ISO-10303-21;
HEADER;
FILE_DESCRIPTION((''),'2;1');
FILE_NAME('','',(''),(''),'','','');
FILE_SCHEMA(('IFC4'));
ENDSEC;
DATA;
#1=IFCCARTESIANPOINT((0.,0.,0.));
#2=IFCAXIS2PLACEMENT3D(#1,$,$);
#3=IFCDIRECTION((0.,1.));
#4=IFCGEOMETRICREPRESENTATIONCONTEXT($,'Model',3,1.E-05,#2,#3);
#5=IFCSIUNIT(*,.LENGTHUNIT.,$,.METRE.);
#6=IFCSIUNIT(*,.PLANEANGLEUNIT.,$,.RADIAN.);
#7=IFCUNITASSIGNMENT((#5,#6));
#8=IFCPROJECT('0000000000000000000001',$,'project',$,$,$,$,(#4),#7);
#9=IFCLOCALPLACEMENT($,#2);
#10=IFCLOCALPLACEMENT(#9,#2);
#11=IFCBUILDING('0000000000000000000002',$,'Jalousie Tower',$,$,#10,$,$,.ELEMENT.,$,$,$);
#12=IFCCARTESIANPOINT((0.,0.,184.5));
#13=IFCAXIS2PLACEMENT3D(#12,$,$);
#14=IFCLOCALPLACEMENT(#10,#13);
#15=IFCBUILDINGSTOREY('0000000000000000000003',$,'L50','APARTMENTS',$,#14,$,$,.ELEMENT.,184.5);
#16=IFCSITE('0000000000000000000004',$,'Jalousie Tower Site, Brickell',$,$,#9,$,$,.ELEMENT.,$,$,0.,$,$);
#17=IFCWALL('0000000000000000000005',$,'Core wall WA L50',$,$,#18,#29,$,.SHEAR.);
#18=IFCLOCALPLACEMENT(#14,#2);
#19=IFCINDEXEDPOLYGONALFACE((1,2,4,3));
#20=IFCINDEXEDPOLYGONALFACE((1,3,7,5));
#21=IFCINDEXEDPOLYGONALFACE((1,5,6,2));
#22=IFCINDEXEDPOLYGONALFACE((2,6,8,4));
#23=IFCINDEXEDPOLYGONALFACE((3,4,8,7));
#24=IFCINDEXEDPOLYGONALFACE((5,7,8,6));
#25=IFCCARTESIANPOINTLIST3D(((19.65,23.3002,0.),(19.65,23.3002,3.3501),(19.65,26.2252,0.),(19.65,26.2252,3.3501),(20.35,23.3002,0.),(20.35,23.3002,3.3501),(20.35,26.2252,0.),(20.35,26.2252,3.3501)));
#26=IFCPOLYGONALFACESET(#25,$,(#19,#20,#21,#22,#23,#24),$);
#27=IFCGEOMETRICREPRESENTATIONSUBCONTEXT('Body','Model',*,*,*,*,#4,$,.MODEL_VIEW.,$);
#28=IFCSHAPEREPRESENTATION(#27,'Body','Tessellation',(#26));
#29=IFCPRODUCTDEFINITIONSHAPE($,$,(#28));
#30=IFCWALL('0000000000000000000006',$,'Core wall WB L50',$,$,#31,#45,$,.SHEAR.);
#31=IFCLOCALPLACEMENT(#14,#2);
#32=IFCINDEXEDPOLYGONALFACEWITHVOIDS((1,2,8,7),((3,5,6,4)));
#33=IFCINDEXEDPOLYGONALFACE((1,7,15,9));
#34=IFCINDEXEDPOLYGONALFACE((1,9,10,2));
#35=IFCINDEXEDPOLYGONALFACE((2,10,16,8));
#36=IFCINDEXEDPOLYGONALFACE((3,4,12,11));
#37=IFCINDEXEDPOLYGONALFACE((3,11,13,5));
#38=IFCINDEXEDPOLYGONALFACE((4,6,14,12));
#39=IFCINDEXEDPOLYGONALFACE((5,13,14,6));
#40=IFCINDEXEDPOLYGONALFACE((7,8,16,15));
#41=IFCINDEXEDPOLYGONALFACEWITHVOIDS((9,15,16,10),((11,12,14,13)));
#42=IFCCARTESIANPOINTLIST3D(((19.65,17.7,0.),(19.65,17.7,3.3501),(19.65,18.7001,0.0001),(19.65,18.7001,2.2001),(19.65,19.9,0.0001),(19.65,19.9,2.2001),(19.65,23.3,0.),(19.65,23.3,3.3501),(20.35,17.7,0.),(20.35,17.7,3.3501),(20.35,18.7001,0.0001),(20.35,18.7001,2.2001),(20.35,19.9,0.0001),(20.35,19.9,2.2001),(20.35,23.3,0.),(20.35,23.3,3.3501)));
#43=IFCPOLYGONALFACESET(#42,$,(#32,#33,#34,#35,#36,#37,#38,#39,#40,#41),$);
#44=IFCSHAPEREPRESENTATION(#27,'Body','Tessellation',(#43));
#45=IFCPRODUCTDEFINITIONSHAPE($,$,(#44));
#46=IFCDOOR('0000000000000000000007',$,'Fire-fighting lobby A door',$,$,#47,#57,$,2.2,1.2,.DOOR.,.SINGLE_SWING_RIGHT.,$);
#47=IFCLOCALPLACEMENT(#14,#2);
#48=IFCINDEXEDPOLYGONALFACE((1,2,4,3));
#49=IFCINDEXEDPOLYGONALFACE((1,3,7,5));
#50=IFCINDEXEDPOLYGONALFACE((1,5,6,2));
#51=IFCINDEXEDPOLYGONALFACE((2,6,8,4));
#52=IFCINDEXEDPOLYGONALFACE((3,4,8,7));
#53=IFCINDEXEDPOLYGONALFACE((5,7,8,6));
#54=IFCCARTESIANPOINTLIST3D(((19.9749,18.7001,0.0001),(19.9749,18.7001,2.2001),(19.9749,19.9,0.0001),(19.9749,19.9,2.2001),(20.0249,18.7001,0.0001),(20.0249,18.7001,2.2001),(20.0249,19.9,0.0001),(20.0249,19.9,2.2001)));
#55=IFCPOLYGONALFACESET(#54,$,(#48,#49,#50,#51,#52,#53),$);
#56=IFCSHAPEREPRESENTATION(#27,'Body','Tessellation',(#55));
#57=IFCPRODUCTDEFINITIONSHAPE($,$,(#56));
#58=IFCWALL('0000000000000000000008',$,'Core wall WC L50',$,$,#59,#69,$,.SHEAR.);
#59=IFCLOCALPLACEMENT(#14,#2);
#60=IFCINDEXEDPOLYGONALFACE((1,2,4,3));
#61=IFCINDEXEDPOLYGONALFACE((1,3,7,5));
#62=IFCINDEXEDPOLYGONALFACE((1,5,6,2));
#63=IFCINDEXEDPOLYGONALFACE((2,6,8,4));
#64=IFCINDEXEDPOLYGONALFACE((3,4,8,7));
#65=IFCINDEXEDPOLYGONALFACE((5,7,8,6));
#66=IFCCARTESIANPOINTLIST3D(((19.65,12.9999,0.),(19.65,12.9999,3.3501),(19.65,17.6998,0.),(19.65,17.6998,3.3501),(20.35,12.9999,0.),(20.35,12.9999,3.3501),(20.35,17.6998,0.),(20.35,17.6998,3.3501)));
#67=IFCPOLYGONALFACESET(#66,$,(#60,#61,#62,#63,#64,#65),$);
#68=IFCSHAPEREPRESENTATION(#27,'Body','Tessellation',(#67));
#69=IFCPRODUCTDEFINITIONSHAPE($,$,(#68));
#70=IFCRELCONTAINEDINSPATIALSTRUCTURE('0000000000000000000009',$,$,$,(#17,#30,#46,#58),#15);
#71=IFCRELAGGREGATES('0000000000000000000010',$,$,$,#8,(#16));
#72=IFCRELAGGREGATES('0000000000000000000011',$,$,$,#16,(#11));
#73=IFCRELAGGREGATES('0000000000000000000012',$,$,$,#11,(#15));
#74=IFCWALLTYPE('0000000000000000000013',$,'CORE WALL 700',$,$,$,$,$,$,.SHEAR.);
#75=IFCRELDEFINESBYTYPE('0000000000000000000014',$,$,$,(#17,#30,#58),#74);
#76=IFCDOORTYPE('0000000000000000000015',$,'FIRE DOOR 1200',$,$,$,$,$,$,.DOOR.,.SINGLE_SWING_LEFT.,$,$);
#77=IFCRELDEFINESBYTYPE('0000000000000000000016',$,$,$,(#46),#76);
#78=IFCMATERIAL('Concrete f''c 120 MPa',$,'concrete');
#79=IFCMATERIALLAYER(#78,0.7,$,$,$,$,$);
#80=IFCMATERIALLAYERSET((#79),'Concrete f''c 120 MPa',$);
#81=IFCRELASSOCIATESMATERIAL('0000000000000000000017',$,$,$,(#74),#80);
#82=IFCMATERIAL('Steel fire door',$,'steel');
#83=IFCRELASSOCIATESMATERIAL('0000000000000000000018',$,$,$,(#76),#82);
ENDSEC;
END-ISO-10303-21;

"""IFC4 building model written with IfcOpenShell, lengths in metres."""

from ifc_helpers import new_model, si_unit, direction, frame, frame_2d, origin, place, context, subcontext, project, spatial, rectangle, extrude, material, layer, layer_set, type_object, element, fill, save


model = new_model("IFC4")

# Units and contexts
model_context = context("Model", 3, precision=1e-05, world=origin(), true_north=direction((0.0, 1.0)))
body_context = subcontext(model_context, "Body", "Model", "MODEL_VIEW")
ifc_project = project(units=[si_unit("LENGTHUNIT", "METRE"), si_unit("PLANEANGLEUNIT", "RADIAN")], contexts=[model_context])

# Site, building, storey
site_placement = place(None, origin())
site = spatial("IfcSite", under=ifc_project, at=site_placement, Name="Jalousie Tower Site, Brickell", CompositionType="ELEMENT", RefElevation=0.0)
building_placement = place(site_placement, origin())
building = spatial("IfcBuilding", under=site, at=building_placement, Name="Jalousie Tower", CompositionType="ELEMENT")
storey_placement = place(building_placement, frame((0.0, 0.0, 184.5)))
storey = spatial("IfcBuildingStorey", under=building, at=storey_placement, Name="L50", Description="APARTMENTS", CompositionType="ELEMENT", Elevation=184.5)

# Wall
ifc_material_1 = material(Name="Concrete f'c 120 MPa", Category="concrete")
ifc_layer_1 = layer(ifc_material_1, 0.7)
ifc_layer_set_1 = layer_set([ifc_layer_1], Name="Concrete f'c 120 MPa")
wall_type_1 = type_object("IfcWallType", Name="CORE WALL 700", PredefinedType="SHEAR", material=ifc_layer_set_1)
wall_1_placement = place(storey_placement, frame((20.0, 26.2251, 0.0), z_axis=(0.0, 0.0, 1.0), x_axis=(0.0, -1.0, 0.0)))
element("IfcWall", 1, at=wall_1_placement, inside=storey, type_object=wall_type_1, Name="Core wall WA L50", PredefinedType="SHEAR", context=body_context, shape_type="SweptSolid", body=[
    extrude(rectangle(XDim=2.925, YDim=0.7, at=frame_2d((1.4624, 0.0))), origin(), (0.0, 0.0, 1.0), 3.3501),
])

# Wall, opening, door
wall_2_placement = place(storey_placement, frame((20.0, 23.3, 0.0), z_axis=(0.0, 0.0, 1.0), x_axis=(0.0, -1.0, 0.0)))
wall_2 = element("IfcWall", 2, at=wall_2_placement, inside=storey, type_object=wall_type_1, Name="Core wall WB L50", PredefinedType="SHEAR", context=body_context, shape_type="SweptSolid", body=[
    extrude(rectangle(XDim=5.6001, YDim=0.7, at=frame_2d((2.8, 0.0))), origin(), (0.0, 0.0, 1.0), 3.3501),
])
opening_1_placement = place(wall_2_placement, frame((3.3999, 0.0, 0.0)))
opening_1 = element("IfcOpeningElement", 3, at=opening_1_placement, cuts=wall_2, PredefinedType="OPENING", context=body_context, shape_type="SweptSolid", body=[
    extrude(rectangle(XDim=1.2, YDim=2.2, at=frame_2d((0.6001, 1.1001))), frame((0.0, 0.3599, 0.0), z_axis=(0.0, -1.0, 0.0), x_axis=(1.0, 0.0, 0.0)), (0.0, 0.0, 1.0), 0.72),
])
ifc_material_2 = material(Name="Steel fire door", Category="steel")
door_type_1 = type_object("IfcDoorType", Name="FIRE DOOR 1200", OperationType="SINGLE_SWING_LEFT", PredefinedType="DOOR", material=ifc_material_2)
door_1_placement = place(opening_1_placement, origin())
door_1 = element("IfcDoor", 4, at=door_1_placement, inside=storey, type_object=door_type_1, Name="Fire-fighting lobby A door", OperationType="SINGLE_SWING_RIGHT", OverallHeight=2.2, OverallWidth=1.2, PredefinedType="DOOR", context=body_context, shape_type="SweptSolid", body=[
    extrude(rectangle(XDim=1.2, YDim=2.2, at=frame_2d((0.6001, 1.1001))), frame((0.0, 0.0249, 0.0), z_axis=(0.0, -1.0, 0.0), x_axis=(1.0, 0.0, 0.0)), (0.0, 0.0, 1.0), 0.05),
])
fill(opening_1, door_1)

# Wall
wall_3_placement = place(storey_placement, frame((20.0, 17.7, 0.0), z_axis=(0.0, 0.0, 1.0), x_axis=(0.0, -1.0, 0.0)))
element("IfcWall", 5, at=wall_3_placement, inside=storey, type_object=wall_type_1, Name="Core wall WC L50", PredefinedType="SHEAR", context=body_context, shape_type="SweptSolid", body=[
    extrude(rectangle(XDim=4.7, YDim=0.7, at=frame_2d((2.3501, 0.0))), origin(), (0.0, 0.0, 1.0), 3.3501),
])

save(model, "model.ifc")
